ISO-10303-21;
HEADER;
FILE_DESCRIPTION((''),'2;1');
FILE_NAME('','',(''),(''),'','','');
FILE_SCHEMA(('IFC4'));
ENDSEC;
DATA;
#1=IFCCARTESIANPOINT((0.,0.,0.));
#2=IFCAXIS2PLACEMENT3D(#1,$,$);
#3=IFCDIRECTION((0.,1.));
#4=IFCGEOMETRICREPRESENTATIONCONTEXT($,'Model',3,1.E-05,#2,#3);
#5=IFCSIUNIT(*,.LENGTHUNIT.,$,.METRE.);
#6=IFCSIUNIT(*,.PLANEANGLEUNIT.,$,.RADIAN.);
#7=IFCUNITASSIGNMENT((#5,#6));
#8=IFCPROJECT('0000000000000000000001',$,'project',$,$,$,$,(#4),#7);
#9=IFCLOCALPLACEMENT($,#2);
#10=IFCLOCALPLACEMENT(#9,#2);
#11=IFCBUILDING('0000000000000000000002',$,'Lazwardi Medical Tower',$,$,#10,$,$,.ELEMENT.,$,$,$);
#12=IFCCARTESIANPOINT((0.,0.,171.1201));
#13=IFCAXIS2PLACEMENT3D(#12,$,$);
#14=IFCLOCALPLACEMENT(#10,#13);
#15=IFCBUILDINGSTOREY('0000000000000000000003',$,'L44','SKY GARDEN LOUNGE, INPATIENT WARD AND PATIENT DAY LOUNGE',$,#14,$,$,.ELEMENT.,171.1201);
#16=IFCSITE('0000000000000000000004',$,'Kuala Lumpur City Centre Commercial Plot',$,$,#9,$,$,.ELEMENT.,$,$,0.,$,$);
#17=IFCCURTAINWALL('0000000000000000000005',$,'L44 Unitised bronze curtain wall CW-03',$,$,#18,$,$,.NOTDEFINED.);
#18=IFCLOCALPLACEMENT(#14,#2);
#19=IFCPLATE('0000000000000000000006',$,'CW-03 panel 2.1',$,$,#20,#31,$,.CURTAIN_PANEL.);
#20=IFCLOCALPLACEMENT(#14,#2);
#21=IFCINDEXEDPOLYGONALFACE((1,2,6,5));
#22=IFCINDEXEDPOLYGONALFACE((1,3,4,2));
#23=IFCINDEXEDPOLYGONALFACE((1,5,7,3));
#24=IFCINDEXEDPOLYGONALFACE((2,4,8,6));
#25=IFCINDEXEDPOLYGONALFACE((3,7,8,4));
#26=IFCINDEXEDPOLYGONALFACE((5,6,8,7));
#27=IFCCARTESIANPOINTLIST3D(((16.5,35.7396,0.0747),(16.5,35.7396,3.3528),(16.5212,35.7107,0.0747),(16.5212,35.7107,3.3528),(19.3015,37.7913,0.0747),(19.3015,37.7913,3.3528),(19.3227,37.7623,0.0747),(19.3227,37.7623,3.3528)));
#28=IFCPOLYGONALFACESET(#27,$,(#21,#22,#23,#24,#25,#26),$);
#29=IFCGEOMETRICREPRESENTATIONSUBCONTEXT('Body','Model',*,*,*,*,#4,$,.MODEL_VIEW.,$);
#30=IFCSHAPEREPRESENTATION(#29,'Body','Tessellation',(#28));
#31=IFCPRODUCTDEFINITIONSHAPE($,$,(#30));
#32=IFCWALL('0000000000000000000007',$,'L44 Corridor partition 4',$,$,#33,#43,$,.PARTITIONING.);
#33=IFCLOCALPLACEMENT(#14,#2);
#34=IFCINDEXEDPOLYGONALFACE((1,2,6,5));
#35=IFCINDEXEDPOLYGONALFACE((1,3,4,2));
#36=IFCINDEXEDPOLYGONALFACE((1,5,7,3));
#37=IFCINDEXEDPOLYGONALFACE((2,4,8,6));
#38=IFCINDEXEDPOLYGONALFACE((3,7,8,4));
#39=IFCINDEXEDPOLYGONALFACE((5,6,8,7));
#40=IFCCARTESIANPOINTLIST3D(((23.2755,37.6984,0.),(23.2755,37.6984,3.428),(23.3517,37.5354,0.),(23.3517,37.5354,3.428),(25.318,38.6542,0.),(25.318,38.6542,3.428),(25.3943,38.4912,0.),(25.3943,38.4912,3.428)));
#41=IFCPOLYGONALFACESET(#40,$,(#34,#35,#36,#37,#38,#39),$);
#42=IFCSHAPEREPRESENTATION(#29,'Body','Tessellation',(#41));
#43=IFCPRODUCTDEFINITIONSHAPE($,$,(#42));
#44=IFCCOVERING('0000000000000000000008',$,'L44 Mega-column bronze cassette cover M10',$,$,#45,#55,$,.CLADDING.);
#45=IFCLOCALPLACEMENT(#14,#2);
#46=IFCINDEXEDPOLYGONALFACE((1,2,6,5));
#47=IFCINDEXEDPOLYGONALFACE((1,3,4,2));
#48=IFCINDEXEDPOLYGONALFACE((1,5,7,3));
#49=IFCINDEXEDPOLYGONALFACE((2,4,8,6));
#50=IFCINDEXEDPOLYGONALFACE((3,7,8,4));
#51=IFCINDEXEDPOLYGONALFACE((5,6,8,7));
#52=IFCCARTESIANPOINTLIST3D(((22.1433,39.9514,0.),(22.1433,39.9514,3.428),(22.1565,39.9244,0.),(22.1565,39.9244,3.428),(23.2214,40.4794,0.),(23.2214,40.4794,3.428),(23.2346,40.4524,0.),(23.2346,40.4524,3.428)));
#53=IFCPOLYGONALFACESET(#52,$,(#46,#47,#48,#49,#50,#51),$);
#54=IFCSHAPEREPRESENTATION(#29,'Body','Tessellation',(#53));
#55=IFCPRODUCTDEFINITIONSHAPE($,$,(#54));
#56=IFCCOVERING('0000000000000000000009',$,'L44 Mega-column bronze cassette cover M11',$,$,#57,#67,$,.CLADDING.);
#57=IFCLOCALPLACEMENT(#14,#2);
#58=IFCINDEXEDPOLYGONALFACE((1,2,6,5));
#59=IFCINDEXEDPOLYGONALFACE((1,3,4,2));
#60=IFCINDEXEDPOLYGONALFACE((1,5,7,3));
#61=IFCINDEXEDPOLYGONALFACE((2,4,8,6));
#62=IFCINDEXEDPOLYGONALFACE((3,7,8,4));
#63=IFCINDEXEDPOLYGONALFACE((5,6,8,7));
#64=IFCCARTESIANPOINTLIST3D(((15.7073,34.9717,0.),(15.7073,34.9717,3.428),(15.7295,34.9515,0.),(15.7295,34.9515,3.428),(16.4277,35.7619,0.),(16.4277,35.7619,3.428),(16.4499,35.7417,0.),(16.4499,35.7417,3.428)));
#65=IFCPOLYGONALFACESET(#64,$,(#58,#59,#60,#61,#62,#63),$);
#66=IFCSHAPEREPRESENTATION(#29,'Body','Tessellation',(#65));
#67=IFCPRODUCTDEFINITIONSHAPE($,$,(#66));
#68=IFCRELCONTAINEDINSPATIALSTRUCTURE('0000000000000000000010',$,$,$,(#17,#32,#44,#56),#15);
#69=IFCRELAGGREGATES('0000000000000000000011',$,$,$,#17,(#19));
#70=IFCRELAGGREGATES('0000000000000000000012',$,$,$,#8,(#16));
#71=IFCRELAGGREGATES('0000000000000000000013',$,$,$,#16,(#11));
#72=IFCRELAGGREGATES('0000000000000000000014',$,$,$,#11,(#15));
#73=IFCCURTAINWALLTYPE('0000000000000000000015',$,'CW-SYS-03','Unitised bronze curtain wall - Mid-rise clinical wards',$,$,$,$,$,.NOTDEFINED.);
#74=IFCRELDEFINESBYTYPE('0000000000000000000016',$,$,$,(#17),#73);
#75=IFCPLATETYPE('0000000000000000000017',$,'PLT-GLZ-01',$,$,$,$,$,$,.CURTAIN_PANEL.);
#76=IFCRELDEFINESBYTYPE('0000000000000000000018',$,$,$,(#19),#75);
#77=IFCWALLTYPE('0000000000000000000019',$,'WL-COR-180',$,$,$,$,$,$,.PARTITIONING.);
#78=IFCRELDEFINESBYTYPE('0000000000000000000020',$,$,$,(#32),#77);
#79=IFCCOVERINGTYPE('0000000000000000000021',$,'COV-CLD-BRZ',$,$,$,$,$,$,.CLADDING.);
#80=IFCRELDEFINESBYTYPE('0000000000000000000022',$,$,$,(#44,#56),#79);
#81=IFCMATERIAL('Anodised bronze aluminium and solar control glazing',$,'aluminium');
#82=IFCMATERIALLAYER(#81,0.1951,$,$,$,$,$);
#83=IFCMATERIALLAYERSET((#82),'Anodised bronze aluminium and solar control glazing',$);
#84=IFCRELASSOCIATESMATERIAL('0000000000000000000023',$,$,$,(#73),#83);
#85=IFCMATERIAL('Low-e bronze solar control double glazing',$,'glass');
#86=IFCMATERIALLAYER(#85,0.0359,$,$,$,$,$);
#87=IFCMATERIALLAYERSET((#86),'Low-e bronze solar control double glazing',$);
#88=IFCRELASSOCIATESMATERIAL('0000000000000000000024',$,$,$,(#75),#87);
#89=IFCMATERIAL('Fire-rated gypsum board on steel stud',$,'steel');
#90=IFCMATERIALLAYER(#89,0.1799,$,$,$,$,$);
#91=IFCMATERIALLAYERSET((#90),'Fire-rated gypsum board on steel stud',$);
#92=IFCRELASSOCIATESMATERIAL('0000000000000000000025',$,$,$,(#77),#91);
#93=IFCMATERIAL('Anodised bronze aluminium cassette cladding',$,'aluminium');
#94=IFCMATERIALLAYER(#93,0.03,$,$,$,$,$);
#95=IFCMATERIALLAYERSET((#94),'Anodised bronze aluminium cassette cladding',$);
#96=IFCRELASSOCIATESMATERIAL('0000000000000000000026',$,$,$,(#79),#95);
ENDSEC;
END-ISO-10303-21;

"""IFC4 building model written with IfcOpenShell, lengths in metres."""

from ifc_helpers import new_model, si_unit, direction, frame, frame_2d, origin, origin_2d, place, context, subcontext, project, spatial, rectangle, extrude, material, layer, layer_set, type_object, element, aggregate, save


model = new_model("IFC4")

# Units and contexts
model_context = context("Model", 3, precision=1e-05, world=origin(), true_north=direction((0.0, 1.0)))
body_context = subcontext(model_context, "Body", "Model", "MODEL_VIEW")
ifc_project = project(units=[si_unit("LENGTHUNIT", "METRE"), si_unit("PLANEANGLEUNIT", "RADIAN")], contexts=[model_context])

# Site, building, storey
site_placement = place(None, origin())
site = spatial("IfcSite", under=ifc_project, at=site_placement, Name="Kuala Lumpur City Centre Commercial Plot", CompositionType="ELEMENT", RefElevation=0.0)
building_placement = place(site_placement, origin())
building = spatial("IfcBuilding", under=site, at=building_placement, Name="Lazwardi Medical Tower", CompositionType="ELEMENT")
storey_placement = place(building_placement, frame((0.0, 0.0, 171.1201)))
storey = spatial("IfcBuildingStorey", under=building, at=storey_placement, Name="L44", Description="SKY GARDEN LOUNGE, INPATIENT WARD AND PATIENT DAY LOUNGE", CompositionType="ELEMENT", Elevation=171.1201)

# Shared definitions
ifc_material_1 = material(Name="Anodised bronze aluminium and solar control glazing", Category="aluminium")
ifc_layer_1 = layer(ifc_material_1, 0.1951)
ifc_layer_set_1 = layer_set([ifc_layer_1], Name="Anodised bronze aluminium and solar control glazing")
curtain_wall_type = type_object("IfcCurtainWallType", Name="CW-SYS-03", Description="Unitised bronze curtain wall - Mid-rise clinical wards", PredefinedType="NOTDEFINED", material=ifc_layer_set_1)

# Curtain wall
curtain_wall_1_placement = place(storey_placement, origin())
curtain_wall_1 = element("IfcCurtainWall", 1, at=curtain_wall_1_placement, inside=storey, type_object=curtain_wall_type, Name="L44 Unitised bronze curtain wall CW-03", PredefinedType="NOTDEFINED")

# Plate
ifc_material_2 = material(Name="Low-e bronze solar control double glazing", Category="glass")
ifc_layer_2 = layer(ifc_material_2, 0.0359)
ifc_layer_set_2 = layer_set([ifc_layer_2], Name="Low-e bronze solar control double glazing")
plate_type = type_object("IfcPlateType", Name="PLT-GLZ-01", PredefinedType="CURTAIN_PANEL", material=ifc_layer_set_2)
plate_1_placement = place(storey_placement, frame((17.9114, 36.751, 0.0747), z_axis=(0.0, 0.0, 1.0), x_axis=(-0.806793, -0.590834, 0.0)))
plate_1 = element("IfcPlate", 2, at=plate_1_placement, type_object=plate_type, Name="CW-03 panel 2.1", PredefinedType="CURTAIN_PANEL", context=body_context, shape_type="SweptSolid", body=[
    extrude(rectangle(XDim=3.4724, YDim=0.0359, at=origin_2d()), origin(), (0.0, 0.0, 1.0), 3.2781),
])
aggregate(curtain_wall_1, [plate_1])

# Wall
ifc_material_3 = material(Name="Fire-rated gypsum board on steel stud", Category="steel")
ifc_layer_3 = layer(ifc_material_3, 0.1799)
ifc_layer_set_3 = layer_set([ifc_layer_3], Name="Fire-rated gypsum board on steel stud")
wall_type = type_object("IfcWallType", Name="WL-COR-180", PredefinedType="PARTITIONING", material=ifc_layer_set_3)
wall_placement = place(storey_placement, frame((23.3137, 37.6169, 0.0), z_axis=(0.0, 0.0, 1.0), x_axis=(0.905732, 0.423851, 0.0)))
element("IfcWall", 3, at=wall_placement, inside=storey, type_object=wall_type, Name="L44 Corridor partition 4", PredefinedType="PARTITIONING", context=body_context, shape_type="SweptSolid", body=[
    extrude(rectangle(XDim=2.2551, YDim=0.1799, at=frame_2d((1.1274, 0.0))), origin(), (0.0, 0.0, 1.0), 3.428),
])

# Coverings
ifc_material_4 = material(Name="Anodised bronze aluminium cassette cladding", Category="aluminium")
ifc_layer_4 = layer(ifc_material_4, 0.03)
ifc_layer_set_4 = layer_set([ifc_layer_4], Name="Anodised bronze aluminium cassette cladding")
covering_type = type_object("IfcCoveringType", Name="COV-CLD-BRZ", PredefinedType="CLADDING", material=ifc_layer_set_4)
covering_1_placement = place(storey_placement, frame((22.689, 40.2019, 0.0), z_axis=(0.0, 0.0, 1.0), x_axis=(-0.898079, -0.439834, 0.0)))
element("IfcCovering", 4, at=covering_1_placement, inside=storey, type_object=covering_type, Name="L44 Mega-column bronze cassette cover M10", PredefinedType="CLADDING", context=body_context, shape_type="SweptSolid", body=[
    extrude(rectangle(XDim=1.2004, YDim=0.03, at=origin_2d()), origin(), (0.0, 0.0, 1.0), 3.428),
])
covering_2_placement = place(storey_placement, frame((16.0786, 35.3567, 0.0), z_axis=(0.0, 0.0, 1.0), x_axis=(-0.673714, -0.738992, 0.0)))
element("IfcCovering", 5, at=covering_2_placement, inside=storey, type_object=covering_type, Name="L44 Mega-column bronze cassette cover M11", PredefinedType="CLADDING", context=body_context, shape_type="SweptSolid", body=[
    extrude(rectangle(XDim=1.0693, YDim=0.03, at=origin_2d()), origin(), (0.0, 0.0, 1.0), 3.428),
])

save(model, "model.ifc")
